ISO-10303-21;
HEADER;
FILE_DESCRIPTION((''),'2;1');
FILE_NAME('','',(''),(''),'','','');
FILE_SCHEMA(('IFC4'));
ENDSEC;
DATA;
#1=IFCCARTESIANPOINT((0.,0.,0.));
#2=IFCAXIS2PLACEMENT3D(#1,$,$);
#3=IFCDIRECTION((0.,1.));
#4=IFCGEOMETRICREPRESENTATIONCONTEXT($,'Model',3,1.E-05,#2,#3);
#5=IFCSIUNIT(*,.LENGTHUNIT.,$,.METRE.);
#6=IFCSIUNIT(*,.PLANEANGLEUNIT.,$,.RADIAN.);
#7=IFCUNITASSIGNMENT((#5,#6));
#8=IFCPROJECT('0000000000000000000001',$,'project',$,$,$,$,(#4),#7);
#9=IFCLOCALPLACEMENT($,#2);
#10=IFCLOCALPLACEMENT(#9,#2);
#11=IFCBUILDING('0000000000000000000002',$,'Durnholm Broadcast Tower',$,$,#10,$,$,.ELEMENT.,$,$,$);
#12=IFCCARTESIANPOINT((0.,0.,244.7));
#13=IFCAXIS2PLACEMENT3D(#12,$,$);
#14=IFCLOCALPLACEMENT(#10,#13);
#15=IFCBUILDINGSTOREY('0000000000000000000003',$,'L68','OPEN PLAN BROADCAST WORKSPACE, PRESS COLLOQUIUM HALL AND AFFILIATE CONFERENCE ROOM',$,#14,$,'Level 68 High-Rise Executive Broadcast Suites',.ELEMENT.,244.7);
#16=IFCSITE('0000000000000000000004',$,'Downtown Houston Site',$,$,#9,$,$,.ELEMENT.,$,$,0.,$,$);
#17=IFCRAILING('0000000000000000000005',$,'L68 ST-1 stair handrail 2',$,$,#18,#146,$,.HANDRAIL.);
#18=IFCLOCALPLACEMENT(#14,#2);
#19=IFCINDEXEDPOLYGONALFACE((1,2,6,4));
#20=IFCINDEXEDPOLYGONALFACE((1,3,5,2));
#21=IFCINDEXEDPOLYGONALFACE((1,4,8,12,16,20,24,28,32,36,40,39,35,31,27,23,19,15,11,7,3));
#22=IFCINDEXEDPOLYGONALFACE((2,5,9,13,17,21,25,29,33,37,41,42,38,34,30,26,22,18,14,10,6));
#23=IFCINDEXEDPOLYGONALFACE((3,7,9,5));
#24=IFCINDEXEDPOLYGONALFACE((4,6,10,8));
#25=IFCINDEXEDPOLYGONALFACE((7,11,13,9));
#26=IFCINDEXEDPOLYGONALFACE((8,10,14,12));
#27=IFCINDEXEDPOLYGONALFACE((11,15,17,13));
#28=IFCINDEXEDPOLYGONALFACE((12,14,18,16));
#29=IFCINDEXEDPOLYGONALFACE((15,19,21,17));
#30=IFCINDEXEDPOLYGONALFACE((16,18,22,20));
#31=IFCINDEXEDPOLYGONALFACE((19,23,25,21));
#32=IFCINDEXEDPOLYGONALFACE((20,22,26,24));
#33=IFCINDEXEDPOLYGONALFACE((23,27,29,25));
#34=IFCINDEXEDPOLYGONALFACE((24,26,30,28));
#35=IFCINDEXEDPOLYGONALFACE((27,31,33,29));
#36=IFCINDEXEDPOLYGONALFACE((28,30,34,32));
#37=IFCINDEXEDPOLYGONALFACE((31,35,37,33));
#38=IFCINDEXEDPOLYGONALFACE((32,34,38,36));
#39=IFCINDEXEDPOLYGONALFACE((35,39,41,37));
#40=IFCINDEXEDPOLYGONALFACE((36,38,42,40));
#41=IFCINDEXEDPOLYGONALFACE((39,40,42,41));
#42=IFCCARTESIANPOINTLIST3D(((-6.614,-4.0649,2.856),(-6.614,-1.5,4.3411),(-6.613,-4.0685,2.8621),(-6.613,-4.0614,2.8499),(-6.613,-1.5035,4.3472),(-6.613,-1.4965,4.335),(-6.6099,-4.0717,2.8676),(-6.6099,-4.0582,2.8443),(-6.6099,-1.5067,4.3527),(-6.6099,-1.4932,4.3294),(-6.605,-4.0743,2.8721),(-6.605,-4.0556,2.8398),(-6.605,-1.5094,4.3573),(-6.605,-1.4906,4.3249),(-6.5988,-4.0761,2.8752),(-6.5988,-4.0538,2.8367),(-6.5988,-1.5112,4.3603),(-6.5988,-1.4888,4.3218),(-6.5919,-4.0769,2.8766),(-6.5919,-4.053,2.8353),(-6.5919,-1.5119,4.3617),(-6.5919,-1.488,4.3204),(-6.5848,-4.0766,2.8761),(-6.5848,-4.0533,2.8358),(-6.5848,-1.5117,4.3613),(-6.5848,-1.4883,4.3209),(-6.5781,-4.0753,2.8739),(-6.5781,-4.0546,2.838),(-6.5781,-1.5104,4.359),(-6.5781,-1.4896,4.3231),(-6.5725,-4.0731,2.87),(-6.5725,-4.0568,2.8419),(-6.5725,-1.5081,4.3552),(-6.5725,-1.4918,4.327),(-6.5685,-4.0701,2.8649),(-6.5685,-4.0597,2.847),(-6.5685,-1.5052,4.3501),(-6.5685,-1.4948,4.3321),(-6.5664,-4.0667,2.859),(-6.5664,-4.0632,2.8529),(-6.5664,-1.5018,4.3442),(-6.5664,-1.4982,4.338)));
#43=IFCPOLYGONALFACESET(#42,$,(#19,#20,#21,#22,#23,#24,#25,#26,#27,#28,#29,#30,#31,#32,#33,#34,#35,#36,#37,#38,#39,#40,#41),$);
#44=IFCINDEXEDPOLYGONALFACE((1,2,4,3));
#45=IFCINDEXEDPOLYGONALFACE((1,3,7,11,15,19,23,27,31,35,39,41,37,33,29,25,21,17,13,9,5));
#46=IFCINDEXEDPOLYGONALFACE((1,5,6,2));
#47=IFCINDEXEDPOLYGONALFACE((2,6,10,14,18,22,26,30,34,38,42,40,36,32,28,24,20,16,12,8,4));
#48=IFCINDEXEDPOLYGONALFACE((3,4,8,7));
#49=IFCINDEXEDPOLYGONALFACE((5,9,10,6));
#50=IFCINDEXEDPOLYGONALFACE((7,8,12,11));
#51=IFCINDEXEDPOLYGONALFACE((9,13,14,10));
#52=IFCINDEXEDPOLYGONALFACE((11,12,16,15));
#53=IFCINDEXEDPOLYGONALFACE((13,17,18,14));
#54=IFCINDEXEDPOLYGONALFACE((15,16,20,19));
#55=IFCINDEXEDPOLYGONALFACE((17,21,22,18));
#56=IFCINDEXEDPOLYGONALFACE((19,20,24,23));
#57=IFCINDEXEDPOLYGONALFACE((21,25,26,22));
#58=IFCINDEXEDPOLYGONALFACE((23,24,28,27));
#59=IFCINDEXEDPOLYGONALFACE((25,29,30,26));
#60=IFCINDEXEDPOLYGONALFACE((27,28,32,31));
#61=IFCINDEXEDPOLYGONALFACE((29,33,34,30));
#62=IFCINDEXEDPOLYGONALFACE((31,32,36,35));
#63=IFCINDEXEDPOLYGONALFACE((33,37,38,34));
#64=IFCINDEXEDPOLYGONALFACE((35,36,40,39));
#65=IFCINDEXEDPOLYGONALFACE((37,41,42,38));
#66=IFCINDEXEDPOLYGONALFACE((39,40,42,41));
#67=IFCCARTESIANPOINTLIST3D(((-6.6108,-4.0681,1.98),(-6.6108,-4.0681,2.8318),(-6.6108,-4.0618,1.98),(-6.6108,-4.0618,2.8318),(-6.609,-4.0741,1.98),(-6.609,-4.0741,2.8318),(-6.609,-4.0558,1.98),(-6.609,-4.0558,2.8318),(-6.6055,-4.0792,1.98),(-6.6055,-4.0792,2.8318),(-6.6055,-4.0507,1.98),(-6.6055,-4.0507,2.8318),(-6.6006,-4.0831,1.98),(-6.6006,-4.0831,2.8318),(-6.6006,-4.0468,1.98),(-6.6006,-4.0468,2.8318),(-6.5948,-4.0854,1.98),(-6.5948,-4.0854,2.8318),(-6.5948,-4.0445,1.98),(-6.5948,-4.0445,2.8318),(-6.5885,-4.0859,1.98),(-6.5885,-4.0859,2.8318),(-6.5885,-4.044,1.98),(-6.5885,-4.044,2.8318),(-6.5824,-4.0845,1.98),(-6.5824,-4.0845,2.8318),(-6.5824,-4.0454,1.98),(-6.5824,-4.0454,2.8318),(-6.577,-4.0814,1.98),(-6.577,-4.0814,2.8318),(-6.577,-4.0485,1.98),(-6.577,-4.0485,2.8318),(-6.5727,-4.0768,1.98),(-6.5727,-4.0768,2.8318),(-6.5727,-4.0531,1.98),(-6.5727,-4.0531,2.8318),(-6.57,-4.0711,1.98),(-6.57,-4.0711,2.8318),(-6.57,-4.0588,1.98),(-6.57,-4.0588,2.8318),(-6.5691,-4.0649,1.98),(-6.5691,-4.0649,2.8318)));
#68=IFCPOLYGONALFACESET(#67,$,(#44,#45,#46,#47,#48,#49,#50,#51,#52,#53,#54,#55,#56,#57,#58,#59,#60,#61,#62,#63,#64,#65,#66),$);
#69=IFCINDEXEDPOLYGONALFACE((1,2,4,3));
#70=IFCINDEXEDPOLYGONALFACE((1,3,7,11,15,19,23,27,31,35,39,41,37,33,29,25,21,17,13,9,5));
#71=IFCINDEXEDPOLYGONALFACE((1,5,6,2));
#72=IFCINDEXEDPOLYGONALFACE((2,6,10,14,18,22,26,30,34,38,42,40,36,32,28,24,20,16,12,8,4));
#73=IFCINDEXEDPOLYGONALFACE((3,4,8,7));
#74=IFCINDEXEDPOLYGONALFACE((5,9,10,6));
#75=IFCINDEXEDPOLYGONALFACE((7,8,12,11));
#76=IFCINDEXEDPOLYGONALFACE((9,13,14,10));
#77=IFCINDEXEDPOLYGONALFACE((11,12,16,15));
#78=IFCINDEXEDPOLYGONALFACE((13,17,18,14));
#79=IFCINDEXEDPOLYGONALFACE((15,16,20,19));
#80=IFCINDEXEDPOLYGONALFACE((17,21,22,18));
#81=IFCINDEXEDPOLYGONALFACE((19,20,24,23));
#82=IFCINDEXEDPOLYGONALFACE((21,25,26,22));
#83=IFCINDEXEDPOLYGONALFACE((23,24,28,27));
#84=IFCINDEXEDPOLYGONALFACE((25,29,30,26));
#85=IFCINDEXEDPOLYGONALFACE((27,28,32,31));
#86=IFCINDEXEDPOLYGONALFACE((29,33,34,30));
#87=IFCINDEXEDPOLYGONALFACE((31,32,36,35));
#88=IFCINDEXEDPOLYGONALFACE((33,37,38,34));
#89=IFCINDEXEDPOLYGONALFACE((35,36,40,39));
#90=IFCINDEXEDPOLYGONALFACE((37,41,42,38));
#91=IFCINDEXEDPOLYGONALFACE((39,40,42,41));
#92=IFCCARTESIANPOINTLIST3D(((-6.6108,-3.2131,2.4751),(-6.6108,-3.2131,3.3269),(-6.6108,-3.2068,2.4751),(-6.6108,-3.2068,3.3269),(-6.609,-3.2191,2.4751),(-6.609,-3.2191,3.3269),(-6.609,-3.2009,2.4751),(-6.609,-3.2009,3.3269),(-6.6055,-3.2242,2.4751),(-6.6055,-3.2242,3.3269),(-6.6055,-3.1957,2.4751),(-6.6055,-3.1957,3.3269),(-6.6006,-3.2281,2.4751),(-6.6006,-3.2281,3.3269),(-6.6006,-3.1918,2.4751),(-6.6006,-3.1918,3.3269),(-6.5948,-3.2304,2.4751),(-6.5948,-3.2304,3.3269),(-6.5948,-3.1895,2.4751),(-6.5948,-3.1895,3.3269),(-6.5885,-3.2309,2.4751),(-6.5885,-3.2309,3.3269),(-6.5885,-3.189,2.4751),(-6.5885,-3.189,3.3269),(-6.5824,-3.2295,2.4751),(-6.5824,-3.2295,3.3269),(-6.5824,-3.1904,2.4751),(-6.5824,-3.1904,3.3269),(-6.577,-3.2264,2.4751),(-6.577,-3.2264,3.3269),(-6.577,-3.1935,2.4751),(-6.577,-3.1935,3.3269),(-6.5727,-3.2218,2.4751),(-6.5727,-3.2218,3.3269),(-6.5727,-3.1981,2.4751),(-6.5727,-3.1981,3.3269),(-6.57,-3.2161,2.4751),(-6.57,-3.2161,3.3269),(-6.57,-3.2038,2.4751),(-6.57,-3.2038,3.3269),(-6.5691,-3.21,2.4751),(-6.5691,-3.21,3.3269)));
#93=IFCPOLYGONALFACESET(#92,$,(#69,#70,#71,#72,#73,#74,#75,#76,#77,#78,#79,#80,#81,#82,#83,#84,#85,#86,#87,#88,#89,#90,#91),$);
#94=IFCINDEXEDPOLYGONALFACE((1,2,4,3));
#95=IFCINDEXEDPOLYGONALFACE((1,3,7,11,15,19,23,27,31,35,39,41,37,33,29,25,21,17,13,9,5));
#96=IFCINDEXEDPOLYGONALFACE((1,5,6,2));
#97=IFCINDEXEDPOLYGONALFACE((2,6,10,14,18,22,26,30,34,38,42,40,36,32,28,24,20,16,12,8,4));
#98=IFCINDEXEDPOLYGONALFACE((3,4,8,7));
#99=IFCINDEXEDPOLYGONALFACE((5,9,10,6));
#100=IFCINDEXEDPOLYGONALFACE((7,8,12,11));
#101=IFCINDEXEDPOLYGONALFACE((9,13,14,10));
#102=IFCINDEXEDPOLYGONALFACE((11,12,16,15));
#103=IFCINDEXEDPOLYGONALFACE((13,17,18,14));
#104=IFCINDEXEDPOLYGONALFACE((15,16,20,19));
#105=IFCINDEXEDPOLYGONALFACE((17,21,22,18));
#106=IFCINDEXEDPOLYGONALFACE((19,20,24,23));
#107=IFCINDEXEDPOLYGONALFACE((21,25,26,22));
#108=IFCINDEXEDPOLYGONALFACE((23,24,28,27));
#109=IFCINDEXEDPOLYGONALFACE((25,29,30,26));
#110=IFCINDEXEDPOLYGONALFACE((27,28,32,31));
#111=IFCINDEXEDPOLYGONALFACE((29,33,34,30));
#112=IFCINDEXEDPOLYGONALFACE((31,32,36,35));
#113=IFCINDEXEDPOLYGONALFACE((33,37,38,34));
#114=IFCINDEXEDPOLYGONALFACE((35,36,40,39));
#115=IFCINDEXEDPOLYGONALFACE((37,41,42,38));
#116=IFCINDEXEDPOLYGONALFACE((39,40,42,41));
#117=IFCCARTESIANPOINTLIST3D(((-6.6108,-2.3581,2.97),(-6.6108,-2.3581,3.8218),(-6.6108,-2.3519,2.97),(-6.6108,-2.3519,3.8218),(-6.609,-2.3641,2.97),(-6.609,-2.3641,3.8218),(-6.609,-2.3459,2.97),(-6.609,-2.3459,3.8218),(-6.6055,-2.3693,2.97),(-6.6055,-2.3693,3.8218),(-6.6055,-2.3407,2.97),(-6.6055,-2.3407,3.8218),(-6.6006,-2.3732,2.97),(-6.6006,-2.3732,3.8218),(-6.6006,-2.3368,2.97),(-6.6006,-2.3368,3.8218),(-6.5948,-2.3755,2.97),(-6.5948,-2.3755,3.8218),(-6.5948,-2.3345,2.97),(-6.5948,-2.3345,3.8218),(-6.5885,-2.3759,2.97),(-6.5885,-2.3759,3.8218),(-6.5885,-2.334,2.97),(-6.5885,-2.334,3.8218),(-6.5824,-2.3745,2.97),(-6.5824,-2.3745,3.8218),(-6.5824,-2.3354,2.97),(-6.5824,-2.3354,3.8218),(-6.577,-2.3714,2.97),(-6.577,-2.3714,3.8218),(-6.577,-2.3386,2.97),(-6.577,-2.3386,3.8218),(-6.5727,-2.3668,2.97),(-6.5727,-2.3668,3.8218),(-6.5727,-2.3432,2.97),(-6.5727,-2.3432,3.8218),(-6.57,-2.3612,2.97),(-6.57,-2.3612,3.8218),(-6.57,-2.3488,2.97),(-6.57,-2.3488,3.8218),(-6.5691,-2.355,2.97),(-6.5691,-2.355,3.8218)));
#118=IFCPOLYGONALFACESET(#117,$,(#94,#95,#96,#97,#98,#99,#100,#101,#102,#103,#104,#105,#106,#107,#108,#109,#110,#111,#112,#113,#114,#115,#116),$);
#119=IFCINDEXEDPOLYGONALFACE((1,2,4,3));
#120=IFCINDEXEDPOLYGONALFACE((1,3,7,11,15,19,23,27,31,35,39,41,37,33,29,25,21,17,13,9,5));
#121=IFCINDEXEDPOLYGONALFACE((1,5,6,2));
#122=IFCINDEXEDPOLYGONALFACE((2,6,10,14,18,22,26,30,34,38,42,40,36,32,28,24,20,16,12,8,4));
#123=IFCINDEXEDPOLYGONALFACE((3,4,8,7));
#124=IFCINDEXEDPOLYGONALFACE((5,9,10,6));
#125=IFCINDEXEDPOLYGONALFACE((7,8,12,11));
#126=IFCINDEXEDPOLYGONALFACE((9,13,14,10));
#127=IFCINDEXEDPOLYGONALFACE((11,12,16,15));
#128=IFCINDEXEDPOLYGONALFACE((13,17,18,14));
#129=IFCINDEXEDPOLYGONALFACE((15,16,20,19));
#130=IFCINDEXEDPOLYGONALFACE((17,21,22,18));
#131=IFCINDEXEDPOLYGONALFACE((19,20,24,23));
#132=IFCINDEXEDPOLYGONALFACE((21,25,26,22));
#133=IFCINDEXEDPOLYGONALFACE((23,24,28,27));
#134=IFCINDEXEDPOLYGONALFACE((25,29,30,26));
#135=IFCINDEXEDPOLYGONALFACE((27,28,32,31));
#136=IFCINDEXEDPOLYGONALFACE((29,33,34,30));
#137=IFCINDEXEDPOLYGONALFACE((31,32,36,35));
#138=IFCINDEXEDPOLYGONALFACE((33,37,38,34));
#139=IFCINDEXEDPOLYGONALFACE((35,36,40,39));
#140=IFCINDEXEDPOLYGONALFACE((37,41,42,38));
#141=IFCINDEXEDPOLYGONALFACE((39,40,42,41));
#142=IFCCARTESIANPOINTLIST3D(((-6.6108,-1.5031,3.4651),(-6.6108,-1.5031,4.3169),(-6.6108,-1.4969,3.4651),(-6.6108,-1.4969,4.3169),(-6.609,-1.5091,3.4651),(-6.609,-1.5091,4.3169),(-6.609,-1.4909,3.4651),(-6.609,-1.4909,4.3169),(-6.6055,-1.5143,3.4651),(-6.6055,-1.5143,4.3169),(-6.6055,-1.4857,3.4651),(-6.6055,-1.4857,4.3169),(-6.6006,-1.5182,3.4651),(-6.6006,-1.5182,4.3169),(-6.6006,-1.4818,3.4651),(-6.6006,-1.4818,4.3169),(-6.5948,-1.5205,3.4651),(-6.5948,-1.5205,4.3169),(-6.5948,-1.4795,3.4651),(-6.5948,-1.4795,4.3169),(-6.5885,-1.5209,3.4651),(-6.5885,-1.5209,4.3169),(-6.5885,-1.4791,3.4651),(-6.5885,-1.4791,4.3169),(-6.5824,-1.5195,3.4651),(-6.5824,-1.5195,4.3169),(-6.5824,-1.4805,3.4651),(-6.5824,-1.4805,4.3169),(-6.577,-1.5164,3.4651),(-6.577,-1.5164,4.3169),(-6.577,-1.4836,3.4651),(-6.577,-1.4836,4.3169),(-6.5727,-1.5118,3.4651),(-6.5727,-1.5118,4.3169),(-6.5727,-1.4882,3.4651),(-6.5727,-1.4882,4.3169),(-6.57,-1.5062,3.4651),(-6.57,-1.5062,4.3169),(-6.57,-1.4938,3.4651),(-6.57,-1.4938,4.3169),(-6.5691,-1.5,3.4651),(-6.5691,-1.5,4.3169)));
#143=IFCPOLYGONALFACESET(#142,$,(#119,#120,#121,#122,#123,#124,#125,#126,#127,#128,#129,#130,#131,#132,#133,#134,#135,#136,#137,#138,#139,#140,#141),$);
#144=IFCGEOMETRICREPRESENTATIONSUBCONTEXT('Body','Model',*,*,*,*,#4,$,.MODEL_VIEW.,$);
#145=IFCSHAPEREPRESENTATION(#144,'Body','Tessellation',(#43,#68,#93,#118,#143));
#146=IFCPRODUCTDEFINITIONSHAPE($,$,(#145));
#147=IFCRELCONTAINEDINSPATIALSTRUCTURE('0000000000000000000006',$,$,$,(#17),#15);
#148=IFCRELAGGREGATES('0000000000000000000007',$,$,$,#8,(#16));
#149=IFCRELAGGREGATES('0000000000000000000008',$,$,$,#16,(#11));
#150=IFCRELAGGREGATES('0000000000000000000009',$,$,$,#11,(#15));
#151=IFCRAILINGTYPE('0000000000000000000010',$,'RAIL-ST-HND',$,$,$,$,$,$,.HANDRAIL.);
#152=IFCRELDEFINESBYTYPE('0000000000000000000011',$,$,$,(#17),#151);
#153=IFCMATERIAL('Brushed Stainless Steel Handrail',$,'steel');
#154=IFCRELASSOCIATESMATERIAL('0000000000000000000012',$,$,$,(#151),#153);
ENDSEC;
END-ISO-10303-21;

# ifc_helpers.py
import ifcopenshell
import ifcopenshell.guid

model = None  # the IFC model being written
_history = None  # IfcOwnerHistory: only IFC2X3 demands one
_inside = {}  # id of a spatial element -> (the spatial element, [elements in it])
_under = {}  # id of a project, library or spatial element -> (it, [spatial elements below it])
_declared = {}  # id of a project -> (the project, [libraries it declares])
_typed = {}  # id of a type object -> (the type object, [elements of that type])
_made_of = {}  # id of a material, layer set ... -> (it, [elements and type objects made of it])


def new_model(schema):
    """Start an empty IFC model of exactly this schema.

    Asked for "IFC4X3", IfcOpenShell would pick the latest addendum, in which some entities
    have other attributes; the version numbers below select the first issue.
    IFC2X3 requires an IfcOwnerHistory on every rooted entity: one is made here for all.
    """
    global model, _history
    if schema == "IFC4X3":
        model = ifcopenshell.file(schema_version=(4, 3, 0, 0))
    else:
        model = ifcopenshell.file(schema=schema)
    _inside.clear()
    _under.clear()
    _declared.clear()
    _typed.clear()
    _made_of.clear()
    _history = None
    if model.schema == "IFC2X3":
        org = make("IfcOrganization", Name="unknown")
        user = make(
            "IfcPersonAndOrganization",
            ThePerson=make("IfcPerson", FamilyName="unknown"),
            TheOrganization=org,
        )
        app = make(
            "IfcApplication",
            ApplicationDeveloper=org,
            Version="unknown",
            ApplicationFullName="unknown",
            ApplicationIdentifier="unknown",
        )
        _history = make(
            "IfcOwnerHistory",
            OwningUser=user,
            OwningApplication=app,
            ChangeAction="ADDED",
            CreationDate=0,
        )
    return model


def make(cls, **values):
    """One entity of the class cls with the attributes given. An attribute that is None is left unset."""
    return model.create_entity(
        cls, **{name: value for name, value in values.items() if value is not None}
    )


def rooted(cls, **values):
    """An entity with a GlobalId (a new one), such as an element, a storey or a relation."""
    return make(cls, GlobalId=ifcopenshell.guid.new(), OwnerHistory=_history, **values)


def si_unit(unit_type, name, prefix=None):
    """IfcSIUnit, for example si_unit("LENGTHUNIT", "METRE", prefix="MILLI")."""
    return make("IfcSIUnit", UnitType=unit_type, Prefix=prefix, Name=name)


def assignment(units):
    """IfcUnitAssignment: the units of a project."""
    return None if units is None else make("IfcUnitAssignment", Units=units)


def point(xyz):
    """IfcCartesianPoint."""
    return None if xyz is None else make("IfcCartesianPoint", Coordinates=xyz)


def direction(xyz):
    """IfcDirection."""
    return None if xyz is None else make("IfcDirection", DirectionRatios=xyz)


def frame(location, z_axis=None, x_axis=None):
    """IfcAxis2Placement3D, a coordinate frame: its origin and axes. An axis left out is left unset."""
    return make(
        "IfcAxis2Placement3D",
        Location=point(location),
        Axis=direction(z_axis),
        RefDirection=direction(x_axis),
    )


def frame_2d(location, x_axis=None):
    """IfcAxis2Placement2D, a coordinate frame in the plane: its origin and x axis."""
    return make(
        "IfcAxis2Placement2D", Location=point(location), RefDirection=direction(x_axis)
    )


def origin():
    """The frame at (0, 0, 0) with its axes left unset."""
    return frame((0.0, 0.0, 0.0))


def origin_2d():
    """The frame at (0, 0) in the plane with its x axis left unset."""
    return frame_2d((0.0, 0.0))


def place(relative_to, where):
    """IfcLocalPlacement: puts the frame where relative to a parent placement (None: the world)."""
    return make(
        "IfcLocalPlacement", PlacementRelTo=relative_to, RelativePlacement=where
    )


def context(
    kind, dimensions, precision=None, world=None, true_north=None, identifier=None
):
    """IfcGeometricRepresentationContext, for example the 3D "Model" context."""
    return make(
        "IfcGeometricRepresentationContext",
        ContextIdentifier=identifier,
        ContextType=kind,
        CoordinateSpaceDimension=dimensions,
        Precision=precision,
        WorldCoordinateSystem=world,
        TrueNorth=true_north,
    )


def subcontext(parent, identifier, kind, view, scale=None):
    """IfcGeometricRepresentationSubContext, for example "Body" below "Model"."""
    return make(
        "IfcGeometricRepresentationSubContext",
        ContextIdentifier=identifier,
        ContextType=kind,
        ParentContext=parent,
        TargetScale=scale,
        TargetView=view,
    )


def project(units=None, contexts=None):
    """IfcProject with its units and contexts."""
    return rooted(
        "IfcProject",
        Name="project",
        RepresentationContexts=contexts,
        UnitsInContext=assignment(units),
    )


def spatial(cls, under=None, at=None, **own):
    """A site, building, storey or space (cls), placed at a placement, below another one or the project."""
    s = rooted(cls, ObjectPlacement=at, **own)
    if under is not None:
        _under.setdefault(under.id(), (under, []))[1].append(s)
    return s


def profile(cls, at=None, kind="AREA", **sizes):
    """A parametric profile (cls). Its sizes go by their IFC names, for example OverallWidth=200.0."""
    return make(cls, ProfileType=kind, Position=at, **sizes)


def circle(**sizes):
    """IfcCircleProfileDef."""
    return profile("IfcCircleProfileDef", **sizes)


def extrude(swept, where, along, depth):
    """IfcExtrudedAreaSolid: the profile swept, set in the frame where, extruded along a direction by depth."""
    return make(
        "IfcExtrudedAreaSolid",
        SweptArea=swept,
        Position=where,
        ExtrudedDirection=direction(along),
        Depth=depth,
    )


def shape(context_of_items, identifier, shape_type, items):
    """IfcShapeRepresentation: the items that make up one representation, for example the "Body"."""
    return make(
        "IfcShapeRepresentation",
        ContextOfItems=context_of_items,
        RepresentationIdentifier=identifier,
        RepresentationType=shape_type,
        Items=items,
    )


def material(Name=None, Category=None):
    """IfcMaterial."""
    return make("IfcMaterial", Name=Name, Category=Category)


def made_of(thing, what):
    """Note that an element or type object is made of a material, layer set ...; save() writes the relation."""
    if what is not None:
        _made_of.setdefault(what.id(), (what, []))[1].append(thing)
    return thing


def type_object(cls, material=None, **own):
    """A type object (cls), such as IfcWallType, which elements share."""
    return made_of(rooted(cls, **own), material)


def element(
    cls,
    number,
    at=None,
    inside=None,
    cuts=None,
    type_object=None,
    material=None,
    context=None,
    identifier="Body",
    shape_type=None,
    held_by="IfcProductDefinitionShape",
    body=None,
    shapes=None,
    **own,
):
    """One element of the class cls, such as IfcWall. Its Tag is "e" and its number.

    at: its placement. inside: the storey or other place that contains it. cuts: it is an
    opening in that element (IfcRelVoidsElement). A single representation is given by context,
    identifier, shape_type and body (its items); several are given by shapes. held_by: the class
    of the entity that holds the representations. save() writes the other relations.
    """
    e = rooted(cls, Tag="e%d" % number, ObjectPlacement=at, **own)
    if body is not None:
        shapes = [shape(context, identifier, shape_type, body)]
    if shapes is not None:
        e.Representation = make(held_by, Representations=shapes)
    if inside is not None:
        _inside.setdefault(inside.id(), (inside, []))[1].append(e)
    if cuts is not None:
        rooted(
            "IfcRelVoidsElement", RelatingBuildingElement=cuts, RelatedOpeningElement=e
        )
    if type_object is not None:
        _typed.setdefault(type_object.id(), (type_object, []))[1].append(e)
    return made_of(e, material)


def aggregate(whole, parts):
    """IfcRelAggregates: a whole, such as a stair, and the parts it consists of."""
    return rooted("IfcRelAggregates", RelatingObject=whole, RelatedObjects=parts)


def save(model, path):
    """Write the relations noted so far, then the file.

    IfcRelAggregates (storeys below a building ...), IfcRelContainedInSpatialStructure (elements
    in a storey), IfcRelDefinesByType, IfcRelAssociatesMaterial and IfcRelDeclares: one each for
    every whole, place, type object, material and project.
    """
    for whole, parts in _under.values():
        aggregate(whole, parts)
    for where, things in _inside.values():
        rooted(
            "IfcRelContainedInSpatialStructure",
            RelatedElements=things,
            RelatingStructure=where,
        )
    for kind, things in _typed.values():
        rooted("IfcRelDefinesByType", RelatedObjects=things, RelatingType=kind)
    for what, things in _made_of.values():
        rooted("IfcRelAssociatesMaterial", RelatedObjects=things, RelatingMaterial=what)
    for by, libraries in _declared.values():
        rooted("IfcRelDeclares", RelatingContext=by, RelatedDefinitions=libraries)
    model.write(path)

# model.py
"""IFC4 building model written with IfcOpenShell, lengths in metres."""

from ifc_helpers import new_model, si_unit, direction, frame, origin, origin_2d, place, context, subcontext, project, spatial, circle, extrude, material, type_object, element, save


model = new_model("IFC4")

# Units and contexts
model_context = context("Model", 3, precision=1e-05, world=origin(), true_north=direction((0.0, 1.0)))
body_context = subcontext(model_context, "Body", "Model", "MODEL_VIEW")
ifc_project = project(units=[si_unit("LENGTHUNIT", "METRE"), si_unit("PLANEANGLEUNIT", "RADIAN")], contexts=[model_context])

# Site, building, storey
site_placement = place(None, origin())
site = spatial("IfcSite", under=ifc_project, at=site_placement, Name="Downtown Houston Site", CompositionType="ELEMENT", RefElevation=0.0)
building_placement = place(site_placement, origin())
building = spatial("IfcBuilding", under=site, at=building_placement, Name="Durnholm Broadcast Tower", CompositionType="ELEMENT")
storey_placement = place(building_placement, frame((0.0, 0.0, 244.7)))
storey = spatial("IfcBuildingStorey", under=building, at=storey_placement, Name="L68", Description="OPEN PLAN BROADCAST WORKSPACE, PRESS COLLOQUIUM HALL AND AFFILIATE CONFERENCE ROOM", LongName="Level 68 High-Rise Executive Broadcast Suites", CompositionType="ELEMENT", Elevation=244.7)

# Railing
ifc_material_1 = material(Name="Brushed Stainless Steel Handrail", Category="steel")
railing_type_1 = type_object("IfcRailingType", Name="RAIL-ST-HND", PredefinedType="HANDRAIL", material=ifc_material_1)
railing_1_placement = place(storey_placement, frame((-6.5901, -4.0649, 1.98)))
element("IfcRailing", 1, at=railing_1_placement, inside=storey, type_object=railing_type_1, Name="L68 ST-1 stair handrail 2", PredefinedType="HANDRAIL", context=body_context, shape_type="SweptSolid", body=[
    extrude(circle(Radius=0.0239, at=origin_2d()), frame((0.0, 0.0, 0.876), z_axis=(0.0, 0.865406, 0.501072), x_axis=(-1.0, 0.0, 0.0)), (0.0, 0.0, 1.0), 2.9639),
    extrude(circle(Radius=0.021, at=origin_2d()), origin(), (0.0, 0.0, 1.0), 0.8518),
    extrude(circle(Radius=0.021, at=origin_2d()), frame((0.0, 0.855, 0.4951)), (0.0, 0.0, 1.0), 0.8518),
    extrude(circle(Radius=0.021, at=origin_2d()), frame((0.0, 1.71, 0.99)), (0.0, 0.0, 1.0), 0.8518),
    extrude(circle(Radius=0.021, at=origin_2d()), frame((0.0, 2.5649, 1.4851)), (0.0, 0.0, 1.0), 0.8518),
])

save(model, "model.ifc")
